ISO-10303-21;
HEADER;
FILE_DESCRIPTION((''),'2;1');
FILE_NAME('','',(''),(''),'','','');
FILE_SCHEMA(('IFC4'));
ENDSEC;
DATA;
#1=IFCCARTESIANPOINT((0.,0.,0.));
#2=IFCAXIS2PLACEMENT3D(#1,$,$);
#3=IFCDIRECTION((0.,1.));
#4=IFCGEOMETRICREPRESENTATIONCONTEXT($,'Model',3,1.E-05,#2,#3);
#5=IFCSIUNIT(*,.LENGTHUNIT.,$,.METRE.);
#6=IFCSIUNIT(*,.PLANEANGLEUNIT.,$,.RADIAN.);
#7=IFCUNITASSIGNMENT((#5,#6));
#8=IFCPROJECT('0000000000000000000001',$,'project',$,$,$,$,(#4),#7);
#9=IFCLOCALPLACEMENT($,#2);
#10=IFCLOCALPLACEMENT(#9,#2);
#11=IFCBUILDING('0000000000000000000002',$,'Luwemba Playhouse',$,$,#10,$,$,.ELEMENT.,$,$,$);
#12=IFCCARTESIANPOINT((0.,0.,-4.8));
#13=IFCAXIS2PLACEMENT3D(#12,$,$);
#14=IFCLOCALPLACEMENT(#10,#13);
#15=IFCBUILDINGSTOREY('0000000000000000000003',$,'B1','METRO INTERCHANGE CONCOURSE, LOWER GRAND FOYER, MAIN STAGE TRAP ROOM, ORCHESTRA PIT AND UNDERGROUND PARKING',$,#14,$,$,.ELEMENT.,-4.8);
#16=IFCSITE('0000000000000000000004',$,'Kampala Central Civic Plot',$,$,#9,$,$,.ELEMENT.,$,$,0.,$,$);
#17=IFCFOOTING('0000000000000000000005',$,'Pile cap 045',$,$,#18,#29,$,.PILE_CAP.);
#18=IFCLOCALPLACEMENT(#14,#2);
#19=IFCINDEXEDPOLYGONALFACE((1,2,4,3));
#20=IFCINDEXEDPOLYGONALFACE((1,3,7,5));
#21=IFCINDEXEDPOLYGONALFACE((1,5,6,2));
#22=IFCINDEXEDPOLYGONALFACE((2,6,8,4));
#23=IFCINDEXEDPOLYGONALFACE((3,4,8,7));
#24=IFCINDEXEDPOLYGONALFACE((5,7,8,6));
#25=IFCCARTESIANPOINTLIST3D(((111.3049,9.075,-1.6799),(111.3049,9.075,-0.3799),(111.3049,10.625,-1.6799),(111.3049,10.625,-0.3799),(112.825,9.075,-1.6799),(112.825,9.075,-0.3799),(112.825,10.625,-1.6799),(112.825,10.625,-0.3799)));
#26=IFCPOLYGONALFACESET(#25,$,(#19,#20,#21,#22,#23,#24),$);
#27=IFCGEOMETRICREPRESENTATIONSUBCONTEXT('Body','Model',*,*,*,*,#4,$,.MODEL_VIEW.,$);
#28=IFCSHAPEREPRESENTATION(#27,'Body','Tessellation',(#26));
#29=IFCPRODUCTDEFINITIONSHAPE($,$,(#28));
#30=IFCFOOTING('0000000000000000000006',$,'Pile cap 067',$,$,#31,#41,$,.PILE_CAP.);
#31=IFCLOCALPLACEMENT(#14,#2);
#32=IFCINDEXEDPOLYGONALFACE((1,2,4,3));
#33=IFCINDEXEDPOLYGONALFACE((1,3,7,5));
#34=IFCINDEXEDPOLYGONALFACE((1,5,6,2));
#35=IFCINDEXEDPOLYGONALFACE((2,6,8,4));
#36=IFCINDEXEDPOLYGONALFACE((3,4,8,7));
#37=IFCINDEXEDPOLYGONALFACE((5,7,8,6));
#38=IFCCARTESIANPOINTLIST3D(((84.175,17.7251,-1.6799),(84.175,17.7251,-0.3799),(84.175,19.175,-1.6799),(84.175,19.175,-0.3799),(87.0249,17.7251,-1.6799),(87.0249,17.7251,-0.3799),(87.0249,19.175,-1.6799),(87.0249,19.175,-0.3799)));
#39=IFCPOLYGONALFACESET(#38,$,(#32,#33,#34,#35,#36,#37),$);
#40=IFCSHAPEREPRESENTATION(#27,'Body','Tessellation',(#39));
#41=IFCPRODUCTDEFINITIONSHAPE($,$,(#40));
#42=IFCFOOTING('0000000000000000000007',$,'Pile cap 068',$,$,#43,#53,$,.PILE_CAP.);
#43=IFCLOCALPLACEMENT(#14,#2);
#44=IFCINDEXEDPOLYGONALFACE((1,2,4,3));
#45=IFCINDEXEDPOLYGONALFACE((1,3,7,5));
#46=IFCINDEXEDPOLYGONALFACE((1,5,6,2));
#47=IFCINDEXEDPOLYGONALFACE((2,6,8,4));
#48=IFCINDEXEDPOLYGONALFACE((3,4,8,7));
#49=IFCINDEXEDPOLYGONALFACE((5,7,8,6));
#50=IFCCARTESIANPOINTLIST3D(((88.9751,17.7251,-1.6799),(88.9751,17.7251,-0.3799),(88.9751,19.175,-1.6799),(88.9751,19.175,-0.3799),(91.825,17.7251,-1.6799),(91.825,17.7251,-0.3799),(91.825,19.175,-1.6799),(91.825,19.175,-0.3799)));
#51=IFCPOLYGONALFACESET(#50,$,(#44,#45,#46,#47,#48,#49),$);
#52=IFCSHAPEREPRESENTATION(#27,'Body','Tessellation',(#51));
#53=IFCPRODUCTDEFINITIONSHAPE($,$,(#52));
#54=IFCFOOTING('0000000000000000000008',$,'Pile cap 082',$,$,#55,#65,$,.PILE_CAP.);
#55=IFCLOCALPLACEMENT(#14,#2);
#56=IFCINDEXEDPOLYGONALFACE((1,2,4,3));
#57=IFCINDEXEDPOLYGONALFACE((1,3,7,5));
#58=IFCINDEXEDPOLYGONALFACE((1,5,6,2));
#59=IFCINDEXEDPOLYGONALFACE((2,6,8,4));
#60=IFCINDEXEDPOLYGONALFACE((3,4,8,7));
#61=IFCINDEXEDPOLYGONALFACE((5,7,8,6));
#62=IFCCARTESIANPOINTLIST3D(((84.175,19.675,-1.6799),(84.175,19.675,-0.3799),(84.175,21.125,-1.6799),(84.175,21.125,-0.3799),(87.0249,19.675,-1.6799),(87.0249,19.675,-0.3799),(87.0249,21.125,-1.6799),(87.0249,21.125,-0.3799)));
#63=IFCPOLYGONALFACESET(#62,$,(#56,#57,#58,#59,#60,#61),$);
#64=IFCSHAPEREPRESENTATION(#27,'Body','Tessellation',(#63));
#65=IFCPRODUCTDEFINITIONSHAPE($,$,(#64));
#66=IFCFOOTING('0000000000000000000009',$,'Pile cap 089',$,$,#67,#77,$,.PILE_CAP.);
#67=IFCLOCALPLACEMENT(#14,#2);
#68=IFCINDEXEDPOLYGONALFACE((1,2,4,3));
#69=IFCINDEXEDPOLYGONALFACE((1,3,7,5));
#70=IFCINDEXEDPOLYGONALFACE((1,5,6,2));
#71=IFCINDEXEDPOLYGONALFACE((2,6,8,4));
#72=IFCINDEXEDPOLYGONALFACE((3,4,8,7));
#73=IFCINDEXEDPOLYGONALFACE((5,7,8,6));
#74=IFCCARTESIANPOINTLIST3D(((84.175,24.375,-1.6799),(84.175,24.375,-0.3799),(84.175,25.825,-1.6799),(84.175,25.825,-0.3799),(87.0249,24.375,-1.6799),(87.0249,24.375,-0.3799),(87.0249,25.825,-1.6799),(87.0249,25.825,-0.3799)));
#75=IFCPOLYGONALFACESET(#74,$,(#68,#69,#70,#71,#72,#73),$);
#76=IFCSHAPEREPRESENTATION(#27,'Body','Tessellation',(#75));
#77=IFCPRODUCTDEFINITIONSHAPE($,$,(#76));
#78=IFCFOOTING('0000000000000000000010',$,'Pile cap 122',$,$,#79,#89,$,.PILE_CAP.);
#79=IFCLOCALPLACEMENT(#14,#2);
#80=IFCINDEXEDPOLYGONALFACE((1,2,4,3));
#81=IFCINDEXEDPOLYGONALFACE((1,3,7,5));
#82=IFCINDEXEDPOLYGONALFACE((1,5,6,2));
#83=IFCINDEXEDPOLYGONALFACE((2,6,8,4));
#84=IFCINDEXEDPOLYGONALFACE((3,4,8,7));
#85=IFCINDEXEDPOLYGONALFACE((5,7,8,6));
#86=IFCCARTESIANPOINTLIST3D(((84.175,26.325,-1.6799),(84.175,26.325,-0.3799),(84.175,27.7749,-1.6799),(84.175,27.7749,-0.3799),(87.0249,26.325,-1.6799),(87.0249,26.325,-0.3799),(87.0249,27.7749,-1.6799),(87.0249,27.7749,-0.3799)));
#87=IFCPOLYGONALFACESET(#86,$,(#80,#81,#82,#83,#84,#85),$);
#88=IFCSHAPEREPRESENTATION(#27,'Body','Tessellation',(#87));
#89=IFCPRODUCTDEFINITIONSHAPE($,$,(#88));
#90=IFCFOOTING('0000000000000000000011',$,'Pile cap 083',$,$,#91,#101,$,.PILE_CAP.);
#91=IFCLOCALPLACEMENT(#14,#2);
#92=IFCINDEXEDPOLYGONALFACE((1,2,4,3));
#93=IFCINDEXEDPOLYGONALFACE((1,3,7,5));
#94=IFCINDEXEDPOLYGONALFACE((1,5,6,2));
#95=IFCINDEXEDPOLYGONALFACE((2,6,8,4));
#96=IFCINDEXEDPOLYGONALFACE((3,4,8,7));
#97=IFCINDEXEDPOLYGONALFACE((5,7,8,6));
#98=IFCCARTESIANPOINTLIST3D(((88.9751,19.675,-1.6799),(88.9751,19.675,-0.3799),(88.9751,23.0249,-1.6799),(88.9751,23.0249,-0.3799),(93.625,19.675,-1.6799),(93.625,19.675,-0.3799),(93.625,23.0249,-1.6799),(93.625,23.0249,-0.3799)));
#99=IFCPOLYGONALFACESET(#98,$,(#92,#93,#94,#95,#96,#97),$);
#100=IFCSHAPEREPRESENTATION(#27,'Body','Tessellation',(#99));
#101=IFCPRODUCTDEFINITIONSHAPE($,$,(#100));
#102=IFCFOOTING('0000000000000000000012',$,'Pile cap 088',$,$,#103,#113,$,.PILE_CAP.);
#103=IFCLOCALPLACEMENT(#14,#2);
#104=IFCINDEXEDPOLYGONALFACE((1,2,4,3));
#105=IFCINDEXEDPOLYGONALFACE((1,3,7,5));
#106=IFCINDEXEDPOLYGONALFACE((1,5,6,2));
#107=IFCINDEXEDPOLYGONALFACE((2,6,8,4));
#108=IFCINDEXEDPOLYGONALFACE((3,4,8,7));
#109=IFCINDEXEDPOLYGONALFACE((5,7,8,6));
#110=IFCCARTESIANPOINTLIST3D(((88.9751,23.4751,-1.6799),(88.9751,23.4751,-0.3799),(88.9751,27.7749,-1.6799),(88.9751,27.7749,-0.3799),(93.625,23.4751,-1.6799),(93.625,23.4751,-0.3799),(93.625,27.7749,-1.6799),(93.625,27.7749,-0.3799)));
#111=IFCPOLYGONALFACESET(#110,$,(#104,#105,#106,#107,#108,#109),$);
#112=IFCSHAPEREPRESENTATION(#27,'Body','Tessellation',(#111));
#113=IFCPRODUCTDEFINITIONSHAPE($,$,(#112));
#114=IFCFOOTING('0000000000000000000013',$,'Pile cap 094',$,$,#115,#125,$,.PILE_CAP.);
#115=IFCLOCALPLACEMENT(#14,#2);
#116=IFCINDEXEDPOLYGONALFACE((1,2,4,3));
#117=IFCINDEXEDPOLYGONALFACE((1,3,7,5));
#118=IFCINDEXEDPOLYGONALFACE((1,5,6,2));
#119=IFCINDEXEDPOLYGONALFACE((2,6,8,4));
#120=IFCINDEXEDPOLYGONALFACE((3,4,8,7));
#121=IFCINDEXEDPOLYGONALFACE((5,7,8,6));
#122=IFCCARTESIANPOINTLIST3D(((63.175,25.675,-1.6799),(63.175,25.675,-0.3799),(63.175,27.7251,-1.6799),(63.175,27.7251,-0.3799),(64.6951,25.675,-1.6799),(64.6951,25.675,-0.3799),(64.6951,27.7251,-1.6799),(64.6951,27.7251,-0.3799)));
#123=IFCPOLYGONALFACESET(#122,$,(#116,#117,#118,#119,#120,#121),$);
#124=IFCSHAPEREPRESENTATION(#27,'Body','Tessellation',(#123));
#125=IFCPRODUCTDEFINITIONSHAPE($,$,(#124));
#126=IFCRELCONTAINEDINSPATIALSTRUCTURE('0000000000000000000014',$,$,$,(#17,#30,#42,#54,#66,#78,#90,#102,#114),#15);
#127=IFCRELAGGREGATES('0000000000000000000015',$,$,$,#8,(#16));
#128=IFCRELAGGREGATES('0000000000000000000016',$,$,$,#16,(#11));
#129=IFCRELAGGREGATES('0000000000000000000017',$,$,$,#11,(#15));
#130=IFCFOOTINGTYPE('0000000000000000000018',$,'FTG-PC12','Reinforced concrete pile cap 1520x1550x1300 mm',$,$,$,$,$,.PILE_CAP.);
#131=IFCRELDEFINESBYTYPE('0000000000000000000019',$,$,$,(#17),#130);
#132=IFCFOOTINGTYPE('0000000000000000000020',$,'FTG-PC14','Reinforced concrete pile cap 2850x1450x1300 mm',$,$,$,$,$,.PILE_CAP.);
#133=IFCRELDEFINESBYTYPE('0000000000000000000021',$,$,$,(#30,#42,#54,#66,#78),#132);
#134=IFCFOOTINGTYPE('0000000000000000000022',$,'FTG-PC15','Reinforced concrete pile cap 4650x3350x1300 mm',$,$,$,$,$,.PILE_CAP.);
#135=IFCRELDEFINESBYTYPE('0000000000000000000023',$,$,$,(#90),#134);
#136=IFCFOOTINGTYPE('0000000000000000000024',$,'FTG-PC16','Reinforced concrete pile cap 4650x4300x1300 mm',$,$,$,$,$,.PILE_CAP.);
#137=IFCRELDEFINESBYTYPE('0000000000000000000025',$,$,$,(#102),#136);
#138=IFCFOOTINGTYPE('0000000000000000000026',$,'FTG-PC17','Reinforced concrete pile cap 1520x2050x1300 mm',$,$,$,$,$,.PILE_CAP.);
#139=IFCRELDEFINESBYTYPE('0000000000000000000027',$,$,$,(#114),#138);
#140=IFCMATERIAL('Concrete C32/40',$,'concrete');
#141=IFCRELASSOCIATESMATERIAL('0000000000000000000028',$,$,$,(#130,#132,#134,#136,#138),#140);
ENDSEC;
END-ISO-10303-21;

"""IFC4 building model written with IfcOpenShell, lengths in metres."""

from ifc_helpers import new_model, si_unit, direction, frame, origin, place, context, subcontext, project, spatial, polyline, outline, extrude, material, type_object, element, save


model = new_model("IFC4")

# Units and contexts
model_context = context("Model", 3, precision=1e-05, world=origin(), true_north=direction((0.0, 1.0)))
body_context = subcontext(model_context, "Body", "Model", "MODEL_VIEW")
ifc_project = project(units=[si_unit("LENGTHUNIT", "METRE"), si_unit("PLANEANGLEUNIT", "RADIAN")], contexts=[model_context])

# Site, building, storey
site_placement = place(None, origin())
site = spatial("IfcSite", under=ifc_project, at=site_placement, Name="Kampala Central Civic Plot", CompositionType="ELEMENT", RefElevation=0.0)
building_placement = place(site_placement, origin())
building = spatial("IfcBuilding", under=site, at=building_placement, Name="Luwemba Playhouse", CompositionType="ELEMENT")
storey_placement = place(building_placement, frame((0.0, 0.0, -4.8)))
storey = spatial("IfcBuildingStorey", under=building, at=storey_placement, Name="B1", Description="METRO INTERCHANGE CONCOURSE, LOWER GRAND FOYER, MAIN STAGE TRAP ROOM, ORCHESTRA PIT AND UNDERGROUND PARKING", CompositionType="ELEMENT", Elevation=-4.8)

# Footings
ifc_material = material(Name="Concrete C32/40", Category="concrete")
footing_type_1 = type_object("IfcFootingType", Name="FTG-PC12", Description="Reinforced concrete pile cap 1520x1550x1300 mm", PredefinedType="PILE_CAP", material=ifc_material)
footing_1_placement = place(storey_placement, frame((0.0, 0.0, -1.6799)))
element("IfcFooting", 1, at=footing_1_placement, inside=storey, type_object=footing_type_1, Name="Pile cap 045", PredefinedType="PILE_CAP", context=body_context, shape_type="SweptSolid", body=[
    extrude(outline(polyline([(111.3049, 9.075), (112.825, 9.075), (112.825, 10.625), (111.3049, 10.625), (111.3049, 9.075)])), origin(), (0.0, 0.0, 1.0), 1.3),
])
footing_type_2 = type_object("IfcFootingType", Name="FTG-PC14", Description="Reinforced concrete pile cap 2850x1450x1300 mm", PredefinedType="PILE_CAP", material=ifc_material)
footing_2_placement = place(storey_placement, frame((0.0, 0.0, -1.6799)))
element("IfcFooting", 2, at=footing_2_placement, inside=storey, type_object=footing_type_2, Name="Pile cap 067", PredefinedType="PILE_CAP", context=body_context, shape_type="SweptSolid", body=[
    extrude(outline(polyline([(84.175, 17.7251), (87.0249, 17.7251), (87.0249, 19.175), (84.175, 19.175), (84.175, 17.7251)])), origin(), (0.0, 0.0, 1.0), 1.3),
])
footing_3_placement = place(storey_placement, frame((0.0, 0.0, -1.6799)))
element("IfcFooting", 3, at=footing_3_placement, inside=storey, type_object=footing_type_2, Name="Pile cap 068", PredefinedType="PILE_CAP", context=body_context, shape_type="SweptSolid", body=[
    extrude(outline(polyline([(88.9751, 17.7251), (91.825, 17.7251), (91.825, 19.175), (88.9751, 19.175), (88.9751, 17.7251)])), origin(), (0.0, 0.0, 1.0), 1.3),
])
footing_4_placement = place(storey_placement, frame((0.0, 0.0, -1.6799)))
element("IfcFooting", 4, at=footing_4_placement, inside=storey, type_object=footing_type_2, Name="Pile cap 082", PredefinedType="PILE_CAP", context=body_context, shape_type="SweptSolid", body=[
    extrude(outline(polyline([(84.175, 19.675), (87.0249, 19.675), (87.0249, 21.125), (84.175, 21.125), (84.175, 19.675)])), origin(), (0.0, 0.0, 1.0), 1.3),
])
footing_5_placement = place(storey_placement, frame((0.0, 0.0, -1.6799)))
element("IfcFooting", 5, at=footing_5_placement, inside=storey, type_object=footing_type_2, Name="Pile cap 089", PredefinedType="PILE_CAP", context=body_context, shape_type="SweptSolid", body=[
    extrude(outline(polyline([(84.175, 24.375), (87.0249, 24.375), (87.0249, 25.825), (84.175, 25.825), (84.175, 24.375)])), origin(), (0.0, 0.0, 1.0), 1.3),
])
footing_6_placement = place(storey_placement, frame((0.0, 0.0, -1.6799)))
element("IfcFooting", 6, at=footing_6_placement, inside=storey, type_object=footing_type_2, Name="Pile cap 122", PredefinedType="PILE_CAP", context=body_context, shape_type="SweptSolid", body=[
    extrude(outline(polyline([(84.175, 26.325), (87.0249, 26.325), (87.0249, 27.7749), (84.175, 27.7749), (84.175, 26.325)])), origin(), (0.0, 0.0, 1.0), 1.3),
])
footing_type_3 = type_object("IfcFootingType", Name="FTG-PC15", Description="Reinforced concrete pile cap 4650x3350x1300 mm", PredefinedType="PILE_CAP", material=ifc_material)
footing_7_placement = place(storey_placement, frame((0.0, 0.0, -1.6799)))
element("IfcFooting", 7, at=footing_7_placement, inside=storey, type_object=footing_type_3, Name="Pile cap 083", PredefinedType="PILE_CAP", context=body_context, shape_type="SweptSolid", body=[
    extrude(outline(polyline([(88.9751, 19.675), (93.625, 19.675), (93.625, 23.0249), (88.9751, 23.0249), (88.9751, 19.675)])), origin(), (0.0, 0.0, 1.0), 1.3),
])
footing_type_4 = type_object("IfcFootingType", Name="FTG-PC16", Description="Reinforced concrete pile cap 4650x4300x1300 mm", PredefinedType="PILE_CAP", material=ifc_material)
footing_8_placement = place(storey_placement, frame((0.0, 0.0, -1.6799)))
element("IfcFooting", 8, at=footing_8_placement, inside=storey, type_object=footing_type_4, Name="Pile cap 088", PredefinedType="PILE_CAP", context=body_context, shape_type="SweptSolid", body=[
    extrude(outline(polyline([(88.9751, 23.4751), (93.625, 23.4751), (93.625, 27.7749), (88.9751, 27.7749), (88.9751, 23.4751)])), origin(), (0.0, 0.0, 1.0), 1.3),
])
footing_type_5 = type_object("IfcFootingType", Name="FTG-PC17", Description="Reinforced concrete pile cap 1520x2050x1300 mm", PredefinedType="PILE_CAP", material=ifc_material)
footing_9_placement = place(storey_placement, frame((0.0, 0.0, -1.6799)))
element("IfcFooting", 9, at=footing_9_placement, inside=storey, type_object=footing_type_5, Name="Pile cap 094", PredefinedType="PILE_CAP", context=body_context, shape_type="SweptSolid", body=[
    extrude(outline(polyline([(63.175, 25.675), (64.6951, 25.675), (64.6951, 27.7251), (63.175, 27.7251), (63.175, 25.675)])), origin(), (0.0, 0.0, 1.0), 1.3),
])

save(model, "model.ifc")
